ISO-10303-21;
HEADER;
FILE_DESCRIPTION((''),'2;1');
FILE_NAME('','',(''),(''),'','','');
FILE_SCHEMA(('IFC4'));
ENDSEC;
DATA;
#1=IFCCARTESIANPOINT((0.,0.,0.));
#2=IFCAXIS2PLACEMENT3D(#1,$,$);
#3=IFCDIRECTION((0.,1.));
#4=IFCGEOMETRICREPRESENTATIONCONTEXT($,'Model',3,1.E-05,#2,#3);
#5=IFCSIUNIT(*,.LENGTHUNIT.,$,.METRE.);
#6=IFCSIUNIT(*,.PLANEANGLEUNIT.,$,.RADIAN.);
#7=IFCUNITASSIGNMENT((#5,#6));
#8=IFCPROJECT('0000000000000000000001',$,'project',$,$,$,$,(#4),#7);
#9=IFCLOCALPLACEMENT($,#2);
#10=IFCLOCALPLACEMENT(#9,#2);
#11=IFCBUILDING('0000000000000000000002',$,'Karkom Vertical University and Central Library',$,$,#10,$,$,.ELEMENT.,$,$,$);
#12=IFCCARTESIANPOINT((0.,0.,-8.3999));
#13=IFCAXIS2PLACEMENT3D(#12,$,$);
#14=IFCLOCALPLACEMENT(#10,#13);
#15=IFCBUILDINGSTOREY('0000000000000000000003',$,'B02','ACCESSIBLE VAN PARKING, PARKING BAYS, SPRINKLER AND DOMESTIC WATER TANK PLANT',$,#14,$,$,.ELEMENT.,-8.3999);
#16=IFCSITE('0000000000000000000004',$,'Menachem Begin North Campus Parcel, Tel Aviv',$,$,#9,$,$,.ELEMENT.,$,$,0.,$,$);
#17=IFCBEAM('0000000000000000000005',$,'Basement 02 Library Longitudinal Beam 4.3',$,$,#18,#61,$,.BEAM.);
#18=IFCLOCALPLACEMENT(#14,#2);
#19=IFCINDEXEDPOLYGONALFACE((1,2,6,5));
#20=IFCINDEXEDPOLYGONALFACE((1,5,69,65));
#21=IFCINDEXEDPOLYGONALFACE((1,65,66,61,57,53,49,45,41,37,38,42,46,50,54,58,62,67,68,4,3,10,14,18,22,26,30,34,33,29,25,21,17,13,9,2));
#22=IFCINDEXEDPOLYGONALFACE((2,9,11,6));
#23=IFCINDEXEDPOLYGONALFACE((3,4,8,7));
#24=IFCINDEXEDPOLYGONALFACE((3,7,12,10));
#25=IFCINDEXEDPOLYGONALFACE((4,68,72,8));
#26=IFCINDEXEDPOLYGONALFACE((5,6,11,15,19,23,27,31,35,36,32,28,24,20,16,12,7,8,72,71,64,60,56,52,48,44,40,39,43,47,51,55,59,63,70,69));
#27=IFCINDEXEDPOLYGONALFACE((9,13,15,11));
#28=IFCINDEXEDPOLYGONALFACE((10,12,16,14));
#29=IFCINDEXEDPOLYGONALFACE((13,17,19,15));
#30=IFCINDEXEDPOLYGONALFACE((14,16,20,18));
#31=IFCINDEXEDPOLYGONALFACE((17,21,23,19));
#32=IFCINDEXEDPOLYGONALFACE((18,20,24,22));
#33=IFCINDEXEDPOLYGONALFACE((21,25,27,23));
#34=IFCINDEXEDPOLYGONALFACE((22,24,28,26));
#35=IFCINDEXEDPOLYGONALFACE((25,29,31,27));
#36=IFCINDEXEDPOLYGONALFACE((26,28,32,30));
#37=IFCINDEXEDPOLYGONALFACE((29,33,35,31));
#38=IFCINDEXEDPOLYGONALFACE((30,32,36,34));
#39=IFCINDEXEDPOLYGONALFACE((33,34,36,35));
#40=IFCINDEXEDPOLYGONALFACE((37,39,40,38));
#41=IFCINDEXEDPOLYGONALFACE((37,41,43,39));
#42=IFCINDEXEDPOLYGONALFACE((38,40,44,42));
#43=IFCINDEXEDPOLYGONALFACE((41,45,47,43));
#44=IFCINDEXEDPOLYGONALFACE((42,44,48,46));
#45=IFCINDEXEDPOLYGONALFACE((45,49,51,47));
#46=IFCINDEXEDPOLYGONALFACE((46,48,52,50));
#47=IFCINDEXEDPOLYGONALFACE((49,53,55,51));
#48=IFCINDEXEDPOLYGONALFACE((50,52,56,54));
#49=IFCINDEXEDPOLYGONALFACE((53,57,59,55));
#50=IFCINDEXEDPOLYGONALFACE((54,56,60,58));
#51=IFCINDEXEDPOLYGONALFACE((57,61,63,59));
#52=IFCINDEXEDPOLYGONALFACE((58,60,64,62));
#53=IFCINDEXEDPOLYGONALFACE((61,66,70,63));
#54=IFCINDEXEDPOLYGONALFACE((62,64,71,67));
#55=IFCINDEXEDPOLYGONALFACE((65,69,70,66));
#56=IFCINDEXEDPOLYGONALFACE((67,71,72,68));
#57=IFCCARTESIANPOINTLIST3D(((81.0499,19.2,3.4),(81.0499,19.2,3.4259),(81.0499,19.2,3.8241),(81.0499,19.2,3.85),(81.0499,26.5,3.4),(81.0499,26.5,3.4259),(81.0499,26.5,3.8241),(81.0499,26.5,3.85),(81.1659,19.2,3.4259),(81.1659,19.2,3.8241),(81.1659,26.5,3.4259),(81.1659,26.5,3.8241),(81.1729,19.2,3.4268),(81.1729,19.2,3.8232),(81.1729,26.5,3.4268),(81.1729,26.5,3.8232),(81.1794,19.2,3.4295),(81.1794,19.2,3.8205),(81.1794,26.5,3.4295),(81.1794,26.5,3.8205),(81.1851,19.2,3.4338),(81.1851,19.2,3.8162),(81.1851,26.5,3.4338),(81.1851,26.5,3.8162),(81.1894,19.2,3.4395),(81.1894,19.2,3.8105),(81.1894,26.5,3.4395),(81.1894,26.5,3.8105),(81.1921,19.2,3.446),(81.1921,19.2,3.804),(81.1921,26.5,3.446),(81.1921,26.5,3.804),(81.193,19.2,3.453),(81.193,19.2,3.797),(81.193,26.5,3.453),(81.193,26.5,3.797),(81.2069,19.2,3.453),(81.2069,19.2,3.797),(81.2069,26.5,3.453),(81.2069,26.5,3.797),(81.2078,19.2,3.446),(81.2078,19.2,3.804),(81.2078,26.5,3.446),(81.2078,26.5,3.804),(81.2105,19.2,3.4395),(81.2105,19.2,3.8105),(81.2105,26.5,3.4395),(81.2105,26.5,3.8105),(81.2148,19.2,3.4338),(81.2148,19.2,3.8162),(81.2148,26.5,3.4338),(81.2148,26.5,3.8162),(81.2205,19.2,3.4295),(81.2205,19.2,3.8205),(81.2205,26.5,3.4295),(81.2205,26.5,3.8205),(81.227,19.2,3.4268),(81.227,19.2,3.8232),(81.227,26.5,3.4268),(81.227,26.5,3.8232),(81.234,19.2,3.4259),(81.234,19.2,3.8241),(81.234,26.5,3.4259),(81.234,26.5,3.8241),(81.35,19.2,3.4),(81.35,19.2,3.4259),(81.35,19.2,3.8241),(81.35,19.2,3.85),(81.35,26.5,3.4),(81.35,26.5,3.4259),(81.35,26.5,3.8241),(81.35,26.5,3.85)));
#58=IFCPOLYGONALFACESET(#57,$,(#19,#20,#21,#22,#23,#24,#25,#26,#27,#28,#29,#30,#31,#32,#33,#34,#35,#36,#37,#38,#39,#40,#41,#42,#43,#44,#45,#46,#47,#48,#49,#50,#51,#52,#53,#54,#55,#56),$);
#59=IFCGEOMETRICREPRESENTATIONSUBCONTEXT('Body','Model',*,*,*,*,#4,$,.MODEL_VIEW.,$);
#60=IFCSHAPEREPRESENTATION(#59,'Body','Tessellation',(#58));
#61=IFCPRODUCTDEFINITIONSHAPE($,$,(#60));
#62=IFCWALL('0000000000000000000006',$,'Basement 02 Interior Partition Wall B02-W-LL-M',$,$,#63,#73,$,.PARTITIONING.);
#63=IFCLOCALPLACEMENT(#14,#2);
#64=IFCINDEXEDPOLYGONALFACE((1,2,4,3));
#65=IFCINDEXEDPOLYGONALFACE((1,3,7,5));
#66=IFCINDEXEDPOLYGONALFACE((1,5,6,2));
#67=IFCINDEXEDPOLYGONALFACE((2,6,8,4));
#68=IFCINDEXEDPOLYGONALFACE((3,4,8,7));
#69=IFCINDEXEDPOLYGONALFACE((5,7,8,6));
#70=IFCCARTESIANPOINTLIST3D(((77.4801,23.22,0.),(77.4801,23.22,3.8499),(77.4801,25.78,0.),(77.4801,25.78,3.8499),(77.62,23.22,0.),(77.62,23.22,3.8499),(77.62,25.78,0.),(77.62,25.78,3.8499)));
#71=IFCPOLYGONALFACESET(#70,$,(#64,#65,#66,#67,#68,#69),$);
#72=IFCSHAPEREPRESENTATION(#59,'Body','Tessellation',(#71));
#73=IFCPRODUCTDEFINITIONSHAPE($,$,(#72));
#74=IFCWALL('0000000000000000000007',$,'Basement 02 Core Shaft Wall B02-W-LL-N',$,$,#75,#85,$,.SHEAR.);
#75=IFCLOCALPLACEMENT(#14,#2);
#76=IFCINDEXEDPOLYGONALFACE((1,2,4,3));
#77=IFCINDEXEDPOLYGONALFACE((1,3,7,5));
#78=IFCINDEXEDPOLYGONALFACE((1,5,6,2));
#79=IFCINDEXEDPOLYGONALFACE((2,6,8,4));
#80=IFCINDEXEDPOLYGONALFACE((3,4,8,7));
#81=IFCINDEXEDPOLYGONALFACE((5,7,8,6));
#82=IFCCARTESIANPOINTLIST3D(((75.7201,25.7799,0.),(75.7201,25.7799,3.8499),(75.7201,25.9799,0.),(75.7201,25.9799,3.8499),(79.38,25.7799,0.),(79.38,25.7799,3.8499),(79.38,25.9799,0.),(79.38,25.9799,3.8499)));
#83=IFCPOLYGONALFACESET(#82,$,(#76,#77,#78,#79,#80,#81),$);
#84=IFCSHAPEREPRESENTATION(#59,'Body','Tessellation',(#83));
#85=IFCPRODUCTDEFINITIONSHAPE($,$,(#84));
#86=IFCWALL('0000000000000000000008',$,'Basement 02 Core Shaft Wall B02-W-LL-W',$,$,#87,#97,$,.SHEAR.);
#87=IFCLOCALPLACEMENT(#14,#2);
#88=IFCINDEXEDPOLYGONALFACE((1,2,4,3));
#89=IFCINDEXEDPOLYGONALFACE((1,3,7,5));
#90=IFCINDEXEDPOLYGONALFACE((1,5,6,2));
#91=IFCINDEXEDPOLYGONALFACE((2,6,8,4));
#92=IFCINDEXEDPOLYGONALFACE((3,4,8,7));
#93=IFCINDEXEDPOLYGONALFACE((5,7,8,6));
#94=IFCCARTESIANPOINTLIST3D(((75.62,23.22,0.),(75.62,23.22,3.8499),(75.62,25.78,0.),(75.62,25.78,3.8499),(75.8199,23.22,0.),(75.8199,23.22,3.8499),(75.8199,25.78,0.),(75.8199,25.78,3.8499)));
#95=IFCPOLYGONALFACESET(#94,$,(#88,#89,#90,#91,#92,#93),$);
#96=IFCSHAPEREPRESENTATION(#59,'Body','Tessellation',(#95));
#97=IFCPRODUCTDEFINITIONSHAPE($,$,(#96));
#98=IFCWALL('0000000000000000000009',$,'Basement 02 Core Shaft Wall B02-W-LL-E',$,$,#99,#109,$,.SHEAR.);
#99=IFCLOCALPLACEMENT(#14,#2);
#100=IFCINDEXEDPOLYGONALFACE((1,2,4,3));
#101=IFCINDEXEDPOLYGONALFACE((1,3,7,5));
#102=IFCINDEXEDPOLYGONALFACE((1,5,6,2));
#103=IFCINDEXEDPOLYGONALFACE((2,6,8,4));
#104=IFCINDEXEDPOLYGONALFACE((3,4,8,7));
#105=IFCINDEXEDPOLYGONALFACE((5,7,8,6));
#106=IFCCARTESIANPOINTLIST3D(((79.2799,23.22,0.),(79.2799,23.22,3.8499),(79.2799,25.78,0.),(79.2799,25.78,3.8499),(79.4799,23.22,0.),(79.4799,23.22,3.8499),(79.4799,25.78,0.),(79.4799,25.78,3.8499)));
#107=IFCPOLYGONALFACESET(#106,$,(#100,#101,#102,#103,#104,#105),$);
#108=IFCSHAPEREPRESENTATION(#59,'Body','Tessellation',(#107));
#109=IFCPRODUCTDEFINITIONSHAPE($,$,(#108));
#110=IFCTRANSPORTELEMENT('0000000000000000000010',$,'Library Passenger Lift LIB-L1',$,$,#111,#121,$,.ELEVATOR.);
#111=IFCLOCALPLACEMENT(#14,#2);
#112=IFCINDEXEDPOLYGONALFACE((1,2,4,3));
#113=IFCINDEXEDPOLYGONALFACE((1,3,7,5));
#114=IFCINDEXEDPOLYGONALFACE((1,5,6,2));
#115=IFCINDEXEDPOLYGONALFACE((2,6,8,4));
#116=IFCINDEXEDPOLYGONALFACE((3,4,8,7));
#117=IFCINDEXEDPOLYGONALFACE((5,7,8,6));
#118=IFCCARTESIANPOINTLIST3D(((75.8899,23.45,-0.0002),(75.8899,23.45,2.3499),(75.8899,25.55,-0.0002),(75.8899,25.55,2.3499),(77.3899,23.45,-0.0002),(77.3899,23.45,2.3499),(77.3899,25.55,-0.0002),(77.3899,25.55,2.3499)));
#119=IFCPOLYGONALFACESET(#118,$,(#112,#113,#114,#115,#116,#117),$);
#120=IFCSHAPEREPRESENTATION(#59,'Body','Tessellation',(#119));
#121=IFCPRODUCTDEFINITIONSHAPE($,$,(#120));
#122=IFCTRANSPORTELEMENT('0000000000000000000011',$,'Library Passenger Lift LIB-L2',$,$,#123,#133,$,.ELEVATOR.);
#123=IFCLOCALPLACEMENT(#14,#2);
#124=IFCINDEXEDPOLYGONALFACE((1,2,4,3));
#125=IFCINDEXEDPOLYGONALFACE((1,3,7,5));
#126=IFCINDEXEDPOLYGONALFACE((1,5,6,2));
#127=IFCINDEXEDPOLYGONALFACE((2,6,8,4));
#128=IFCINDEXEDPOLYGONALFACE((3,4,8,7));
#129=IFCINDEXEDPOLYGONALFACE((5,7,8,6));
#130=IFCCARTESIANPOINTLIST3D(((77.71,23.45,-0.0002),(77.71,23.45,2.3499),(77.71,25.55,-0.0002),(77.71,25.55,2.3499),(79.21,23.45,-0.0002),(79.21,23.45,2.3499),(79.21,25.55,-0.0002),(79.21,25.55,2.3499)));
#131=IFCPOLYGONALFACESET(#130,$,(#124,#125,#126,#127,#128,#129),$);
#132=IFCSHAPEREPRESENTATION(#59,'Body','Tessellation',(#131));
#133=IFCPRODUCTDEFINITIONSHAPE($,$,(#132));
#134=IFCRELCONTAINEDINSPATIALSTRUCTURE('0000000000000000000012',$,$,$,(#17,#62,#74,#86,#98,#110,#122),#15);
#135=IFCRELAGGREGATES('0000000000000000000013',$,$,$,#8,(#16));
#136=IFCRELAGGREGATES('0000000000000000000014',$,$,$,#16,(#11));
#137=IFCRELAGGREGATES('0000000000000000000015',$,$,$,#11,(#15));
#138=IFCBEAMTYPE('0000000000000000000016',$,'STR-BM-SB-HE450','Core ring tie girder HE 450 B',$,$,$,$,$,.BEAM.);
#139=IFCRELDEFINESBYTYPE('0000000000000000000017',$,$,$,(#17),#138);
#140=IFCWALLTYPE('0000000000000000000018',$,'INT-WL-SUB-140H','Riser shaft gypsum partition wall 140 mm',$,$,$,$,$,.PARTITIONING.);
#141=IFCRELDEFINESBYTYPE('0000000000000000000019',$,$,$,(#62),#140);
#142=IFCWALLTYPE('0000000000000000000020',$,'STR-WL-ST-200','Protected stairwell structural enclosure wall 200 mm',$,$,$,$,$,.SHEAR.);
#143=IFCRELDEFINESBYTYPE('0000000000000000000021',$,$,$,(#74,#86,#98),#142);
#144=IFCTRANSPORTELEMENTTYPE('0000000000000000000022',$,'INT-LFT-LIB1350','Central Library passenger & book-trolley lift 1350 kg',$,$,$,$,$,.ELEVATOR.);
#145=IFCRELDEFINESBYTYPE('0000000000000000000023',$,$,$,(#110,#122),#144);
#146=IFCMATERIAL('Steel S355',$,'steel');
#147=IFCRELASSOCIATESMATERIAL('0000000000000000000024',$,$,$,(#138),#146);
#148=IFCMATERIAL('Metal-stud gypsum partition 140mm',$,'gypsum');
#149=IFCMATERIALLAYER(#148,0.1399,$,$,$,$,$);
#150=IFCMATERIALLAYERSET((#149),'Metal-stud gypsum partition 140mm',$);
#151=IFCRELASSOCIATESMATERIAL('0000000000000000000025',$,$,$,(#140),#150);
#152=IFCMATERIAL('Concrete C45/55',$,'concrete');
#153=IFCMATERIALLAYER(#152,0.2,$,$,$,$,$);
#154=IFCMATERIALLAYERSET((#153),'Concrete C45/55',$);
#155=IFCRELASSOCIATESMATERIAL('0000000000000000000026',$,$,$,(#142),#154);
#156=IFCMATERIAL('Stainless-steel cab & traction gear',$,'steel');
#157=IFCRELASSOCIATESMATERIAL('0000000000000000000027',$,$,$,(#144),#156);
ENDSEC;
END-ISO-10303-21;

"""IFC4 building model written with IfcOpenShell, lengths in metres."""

from ifc_helpers import new_model, si_unit, direction, frame, frame_2d, origin, origin_with_axes, origin_2d, place, context, subcontext, project, spatial, rectangle, i_section, extrude, source, transform, mapped, material, layer, layer_set, material_profile, profile_set, type_object, element, save


model = new_model("IFC4")

# Units and contexts
model_context = context("Model", 3, precision=1e-05, world=origin(), true_north=direction((0.0, 1.0)))
body_context = subcontext(model_context, "Body", "Model", "MODEL_VIEW")
ifc_project = project(units=[si_unit("LENGTHUNIT", "METRE"), si_unit("PLANEANGLEUNIT", "RADIAN")], contexts=[model_context])

# Site, building, storey
site_placement = place(None, origin())
site = spatial("IfcSite", under=ifc_project, at=site_placement, Name="Menachem Begin North Campus Parcel, Tel Aviv", CompositionType="ELEMENT", RefElevation=0.0)
building_placement = place(site_placement, origin())
building = spatial("IfcBuilding", under=site, at=building_placement, Name="Karkom Vertical University and Central Library", CompositionType="ELEMENT")
storey_placement = place(building_placement, frame((0.0, 0.0, -8.3999)))
storey = spatial("IfcBuildingStorey", under=building, at=storey_placement, Name="B02", Description="ACCESSIBLE VAN PARKING, PARKING BAYS, SPRINKLER AND DOMESTIC WATER TANK PLANT", CompositionType="ELEMENT", Elevation=-8.3999)

# Shared definitions
ifc_material_1 = material(Name="Concrete C45/55", Category="concrete")

# Beam
ifc_material_2 = material(Name="Steel S355", Category="steel")
ifc_material_profile_1 = material_profile(ifc_material_2, i_section(OverallWidth=0.3, OverallDepth=0.45, WebThickness=0.0139, FlangeThickness=0.0259, FilletRadius=0.0271, at=origin_2d()), Name="HE 450 B")
ifc_profile_set_1 = profile_set([ifc_material_profile_1], Name="Steel S355")
beam_type_1 = type_object("IfcBeamType", Name="STR-BM-SB-HE450", Description="Core ring tie girder HE 450 B", PredefinedType="BEAM", material=ifc_profile_set_1)
shared_shape_1 = source(origin_with_axes(), body_context, "Body", "SweptSolid", [
    extrude(i_section(OverallWidth=0.3, OverallDepth=0.45, WebThickness=0.0139, FlangeThickness=0.0259, FilletRadius=0.0271, at=origin_2d()), origin(), (0.0, 0.0, 1.0), 7.3),
])
for number, where, z_axis, x_axis, name in (
    (1, (81.2, 19.2, 3.625), (0.0, 1.0, 0.0), (-1.0, 0.0, 0.0), "Basement 02 Library Longitudinal Beam 4.3"),
):
    element("IfcBeam", number, at=place(storey_placement, frame(where, z_axis=z_axis, x_axis=x_axis)), inside=storey, type_object=beam_type_1, Name=name, PredefinedType="BEAM", context=body_context, shape_type="MappedRepresentation", body=[
        mapped(shared_shape_1, transform((0.0, 0.0, 0.0), scale=1.0)),
    ])

# Wall
ifc_material_3 = material(Name="Metal-stud gypsum partition 140mm", Category="gypsum")
ifc_layer_1 = layer(ifc_material_3, 0.1399)
ifc_layer_set_1 = layer_set([ifc_layer_1], Name="Metal-stud gypsum partition 140mm")
wall_type_1 = type_object("IfcWallType", Name="INT-WL-SUB-140H", Description="Riser shaft gypsum partition wall 140 mm", PredefinedType="PARTITIONING", material=ifc_layer_set_1)
wall_1_placement = place(storey_placement, frame((77.55, 23.22, 0.0), z_axis=(0.0, 0.0, 1.0), x_axis=(0.0, 1.0, 0.0)))
element("IfcWall", 2, at=wall_1_placement, inside=storey, type_object=wall_type_1, Name="Basement 02 Interior Partition Wall B02-W-LL-M", PredefinedType="PARTITIONING", context=body_context, shape_type="SweptSolid", body=[
    extrude(rectangle(XDim=2.5601, YDim=0.1399, at=frame_2d((1.28, 0.0))), origin(), (0.0, 0.0, 1.0), 3.8499),
])

# Shared definitions
ifc_layer_2 = layer(ifc_material_1, 0.2)
ifc_layer_set_2 = layer_set([ifc_layer_2], Name="Concrete C45/55")
wall_type_2 = type_object("IfcWallType", Name="STR-WL-ST-200", Description="Protected stairwell structural enclosure wall 200 mm", PredefinedType="SHEAR", material=ifc_layer_set_2)

# Walls
wall_2_placement = place(storey_placement, frame((75.72, 25.8799, 0.0), z_axis=(0.0, 0.0, 1.0), x_axis=(1.0, 0.0, 0.0)))
element("IfcWall", 3, at=wall_2_placement, inside=storey, type_object=wall_type_2, Name="Basement 02 Core Shaft Wall B02-W-LL-N", PredefinedType="SHEAR", context=body_context, shape_type="SweptSolid", body=[
    extrude(rectangle(XDim=3.6599, YDim=0.2, at=frame_2d((1.8301, 0.0))), origin(), (0.0, 0.0, 1.0), 3.8499),
])
for number, where, z_axis, x_axis, name in (
    (4, (75.72, 23.22, 0.0), (0.0, 0.0, 1.0), (0.0, 1.0, 0.0), "Basement 02 Core Shaft Wall B02-W-LL-W"),
    (5, (79.3799, 23.22, 0.0), (0.0, 0.0, 1.0), (0.0, 1.0, 0.0), "Basement 02 Core Shaft Wall B02-W-LL-E"),
):
    element("IfcWall", number, at=place(storey_placement, frame(where, z_axis=z_axis, x_axis=x_axis)), inside=storey, type_object=wall_type_2, Name=name, PredefinedType="SHEAR", context=body_context, shape_type="SweptSolid", body=[
        extrude(rectangle(XDim=2.5601, YDim=0.2, at=frame_2d((1.28, 0.0))), origin(), (0.0, 0.0, 1.0), 3.8499),
    ])

# Transport elements
ifc_material_4 = material(Name="Stainless-steel cab & traction gear", Category="steel")
transport_element_type = type_object("IfcTransportElementType", Name="INT-LFT-LIB1350", Description="Central Library passenger & book-trolley lift 1350 kg", PredefinedType="ELEVATOR", material=ifc_material_4)
shared_shape_2 = source(origin_with_axes(), body_context, "Body", "SweptSolid", [
    extrude(rectangle(XDim=1.5, YDim=2.1001, at=origin_2d()), origin(), (0.0, 0.0, 1.0), 2.3501),
])
for number, where, z_axis, x_axis, name in (
    (6, (76.6399, 24.5, -0.0002), (0.0, 0.0, 1.0), (1.0, 0.0, 0.0), "Library Passenger Lift LIB-L1"),
    (7, (78.46, 24.5, -0.0002), (0.0, 0.0, 1.0), (1.0, 0.0, 0.0), "Library Passenger Lift LIB-L2"),
):
    element("IfcTransportElement", number, at=place(storey_placement, frame(where, z_axis=z_axis, x_axis=x_axis)), inside=storey, type_object=transport_element_type, Name=name, PredefinedType="ELEVATOR", context=body_context, shape_type="MappedRepresentation", body=[
        mapped(shared_shape_2, transform((0.0, 0.0, 0.0), scale=1.0)),
    ])

save(model, "model.ifc")
